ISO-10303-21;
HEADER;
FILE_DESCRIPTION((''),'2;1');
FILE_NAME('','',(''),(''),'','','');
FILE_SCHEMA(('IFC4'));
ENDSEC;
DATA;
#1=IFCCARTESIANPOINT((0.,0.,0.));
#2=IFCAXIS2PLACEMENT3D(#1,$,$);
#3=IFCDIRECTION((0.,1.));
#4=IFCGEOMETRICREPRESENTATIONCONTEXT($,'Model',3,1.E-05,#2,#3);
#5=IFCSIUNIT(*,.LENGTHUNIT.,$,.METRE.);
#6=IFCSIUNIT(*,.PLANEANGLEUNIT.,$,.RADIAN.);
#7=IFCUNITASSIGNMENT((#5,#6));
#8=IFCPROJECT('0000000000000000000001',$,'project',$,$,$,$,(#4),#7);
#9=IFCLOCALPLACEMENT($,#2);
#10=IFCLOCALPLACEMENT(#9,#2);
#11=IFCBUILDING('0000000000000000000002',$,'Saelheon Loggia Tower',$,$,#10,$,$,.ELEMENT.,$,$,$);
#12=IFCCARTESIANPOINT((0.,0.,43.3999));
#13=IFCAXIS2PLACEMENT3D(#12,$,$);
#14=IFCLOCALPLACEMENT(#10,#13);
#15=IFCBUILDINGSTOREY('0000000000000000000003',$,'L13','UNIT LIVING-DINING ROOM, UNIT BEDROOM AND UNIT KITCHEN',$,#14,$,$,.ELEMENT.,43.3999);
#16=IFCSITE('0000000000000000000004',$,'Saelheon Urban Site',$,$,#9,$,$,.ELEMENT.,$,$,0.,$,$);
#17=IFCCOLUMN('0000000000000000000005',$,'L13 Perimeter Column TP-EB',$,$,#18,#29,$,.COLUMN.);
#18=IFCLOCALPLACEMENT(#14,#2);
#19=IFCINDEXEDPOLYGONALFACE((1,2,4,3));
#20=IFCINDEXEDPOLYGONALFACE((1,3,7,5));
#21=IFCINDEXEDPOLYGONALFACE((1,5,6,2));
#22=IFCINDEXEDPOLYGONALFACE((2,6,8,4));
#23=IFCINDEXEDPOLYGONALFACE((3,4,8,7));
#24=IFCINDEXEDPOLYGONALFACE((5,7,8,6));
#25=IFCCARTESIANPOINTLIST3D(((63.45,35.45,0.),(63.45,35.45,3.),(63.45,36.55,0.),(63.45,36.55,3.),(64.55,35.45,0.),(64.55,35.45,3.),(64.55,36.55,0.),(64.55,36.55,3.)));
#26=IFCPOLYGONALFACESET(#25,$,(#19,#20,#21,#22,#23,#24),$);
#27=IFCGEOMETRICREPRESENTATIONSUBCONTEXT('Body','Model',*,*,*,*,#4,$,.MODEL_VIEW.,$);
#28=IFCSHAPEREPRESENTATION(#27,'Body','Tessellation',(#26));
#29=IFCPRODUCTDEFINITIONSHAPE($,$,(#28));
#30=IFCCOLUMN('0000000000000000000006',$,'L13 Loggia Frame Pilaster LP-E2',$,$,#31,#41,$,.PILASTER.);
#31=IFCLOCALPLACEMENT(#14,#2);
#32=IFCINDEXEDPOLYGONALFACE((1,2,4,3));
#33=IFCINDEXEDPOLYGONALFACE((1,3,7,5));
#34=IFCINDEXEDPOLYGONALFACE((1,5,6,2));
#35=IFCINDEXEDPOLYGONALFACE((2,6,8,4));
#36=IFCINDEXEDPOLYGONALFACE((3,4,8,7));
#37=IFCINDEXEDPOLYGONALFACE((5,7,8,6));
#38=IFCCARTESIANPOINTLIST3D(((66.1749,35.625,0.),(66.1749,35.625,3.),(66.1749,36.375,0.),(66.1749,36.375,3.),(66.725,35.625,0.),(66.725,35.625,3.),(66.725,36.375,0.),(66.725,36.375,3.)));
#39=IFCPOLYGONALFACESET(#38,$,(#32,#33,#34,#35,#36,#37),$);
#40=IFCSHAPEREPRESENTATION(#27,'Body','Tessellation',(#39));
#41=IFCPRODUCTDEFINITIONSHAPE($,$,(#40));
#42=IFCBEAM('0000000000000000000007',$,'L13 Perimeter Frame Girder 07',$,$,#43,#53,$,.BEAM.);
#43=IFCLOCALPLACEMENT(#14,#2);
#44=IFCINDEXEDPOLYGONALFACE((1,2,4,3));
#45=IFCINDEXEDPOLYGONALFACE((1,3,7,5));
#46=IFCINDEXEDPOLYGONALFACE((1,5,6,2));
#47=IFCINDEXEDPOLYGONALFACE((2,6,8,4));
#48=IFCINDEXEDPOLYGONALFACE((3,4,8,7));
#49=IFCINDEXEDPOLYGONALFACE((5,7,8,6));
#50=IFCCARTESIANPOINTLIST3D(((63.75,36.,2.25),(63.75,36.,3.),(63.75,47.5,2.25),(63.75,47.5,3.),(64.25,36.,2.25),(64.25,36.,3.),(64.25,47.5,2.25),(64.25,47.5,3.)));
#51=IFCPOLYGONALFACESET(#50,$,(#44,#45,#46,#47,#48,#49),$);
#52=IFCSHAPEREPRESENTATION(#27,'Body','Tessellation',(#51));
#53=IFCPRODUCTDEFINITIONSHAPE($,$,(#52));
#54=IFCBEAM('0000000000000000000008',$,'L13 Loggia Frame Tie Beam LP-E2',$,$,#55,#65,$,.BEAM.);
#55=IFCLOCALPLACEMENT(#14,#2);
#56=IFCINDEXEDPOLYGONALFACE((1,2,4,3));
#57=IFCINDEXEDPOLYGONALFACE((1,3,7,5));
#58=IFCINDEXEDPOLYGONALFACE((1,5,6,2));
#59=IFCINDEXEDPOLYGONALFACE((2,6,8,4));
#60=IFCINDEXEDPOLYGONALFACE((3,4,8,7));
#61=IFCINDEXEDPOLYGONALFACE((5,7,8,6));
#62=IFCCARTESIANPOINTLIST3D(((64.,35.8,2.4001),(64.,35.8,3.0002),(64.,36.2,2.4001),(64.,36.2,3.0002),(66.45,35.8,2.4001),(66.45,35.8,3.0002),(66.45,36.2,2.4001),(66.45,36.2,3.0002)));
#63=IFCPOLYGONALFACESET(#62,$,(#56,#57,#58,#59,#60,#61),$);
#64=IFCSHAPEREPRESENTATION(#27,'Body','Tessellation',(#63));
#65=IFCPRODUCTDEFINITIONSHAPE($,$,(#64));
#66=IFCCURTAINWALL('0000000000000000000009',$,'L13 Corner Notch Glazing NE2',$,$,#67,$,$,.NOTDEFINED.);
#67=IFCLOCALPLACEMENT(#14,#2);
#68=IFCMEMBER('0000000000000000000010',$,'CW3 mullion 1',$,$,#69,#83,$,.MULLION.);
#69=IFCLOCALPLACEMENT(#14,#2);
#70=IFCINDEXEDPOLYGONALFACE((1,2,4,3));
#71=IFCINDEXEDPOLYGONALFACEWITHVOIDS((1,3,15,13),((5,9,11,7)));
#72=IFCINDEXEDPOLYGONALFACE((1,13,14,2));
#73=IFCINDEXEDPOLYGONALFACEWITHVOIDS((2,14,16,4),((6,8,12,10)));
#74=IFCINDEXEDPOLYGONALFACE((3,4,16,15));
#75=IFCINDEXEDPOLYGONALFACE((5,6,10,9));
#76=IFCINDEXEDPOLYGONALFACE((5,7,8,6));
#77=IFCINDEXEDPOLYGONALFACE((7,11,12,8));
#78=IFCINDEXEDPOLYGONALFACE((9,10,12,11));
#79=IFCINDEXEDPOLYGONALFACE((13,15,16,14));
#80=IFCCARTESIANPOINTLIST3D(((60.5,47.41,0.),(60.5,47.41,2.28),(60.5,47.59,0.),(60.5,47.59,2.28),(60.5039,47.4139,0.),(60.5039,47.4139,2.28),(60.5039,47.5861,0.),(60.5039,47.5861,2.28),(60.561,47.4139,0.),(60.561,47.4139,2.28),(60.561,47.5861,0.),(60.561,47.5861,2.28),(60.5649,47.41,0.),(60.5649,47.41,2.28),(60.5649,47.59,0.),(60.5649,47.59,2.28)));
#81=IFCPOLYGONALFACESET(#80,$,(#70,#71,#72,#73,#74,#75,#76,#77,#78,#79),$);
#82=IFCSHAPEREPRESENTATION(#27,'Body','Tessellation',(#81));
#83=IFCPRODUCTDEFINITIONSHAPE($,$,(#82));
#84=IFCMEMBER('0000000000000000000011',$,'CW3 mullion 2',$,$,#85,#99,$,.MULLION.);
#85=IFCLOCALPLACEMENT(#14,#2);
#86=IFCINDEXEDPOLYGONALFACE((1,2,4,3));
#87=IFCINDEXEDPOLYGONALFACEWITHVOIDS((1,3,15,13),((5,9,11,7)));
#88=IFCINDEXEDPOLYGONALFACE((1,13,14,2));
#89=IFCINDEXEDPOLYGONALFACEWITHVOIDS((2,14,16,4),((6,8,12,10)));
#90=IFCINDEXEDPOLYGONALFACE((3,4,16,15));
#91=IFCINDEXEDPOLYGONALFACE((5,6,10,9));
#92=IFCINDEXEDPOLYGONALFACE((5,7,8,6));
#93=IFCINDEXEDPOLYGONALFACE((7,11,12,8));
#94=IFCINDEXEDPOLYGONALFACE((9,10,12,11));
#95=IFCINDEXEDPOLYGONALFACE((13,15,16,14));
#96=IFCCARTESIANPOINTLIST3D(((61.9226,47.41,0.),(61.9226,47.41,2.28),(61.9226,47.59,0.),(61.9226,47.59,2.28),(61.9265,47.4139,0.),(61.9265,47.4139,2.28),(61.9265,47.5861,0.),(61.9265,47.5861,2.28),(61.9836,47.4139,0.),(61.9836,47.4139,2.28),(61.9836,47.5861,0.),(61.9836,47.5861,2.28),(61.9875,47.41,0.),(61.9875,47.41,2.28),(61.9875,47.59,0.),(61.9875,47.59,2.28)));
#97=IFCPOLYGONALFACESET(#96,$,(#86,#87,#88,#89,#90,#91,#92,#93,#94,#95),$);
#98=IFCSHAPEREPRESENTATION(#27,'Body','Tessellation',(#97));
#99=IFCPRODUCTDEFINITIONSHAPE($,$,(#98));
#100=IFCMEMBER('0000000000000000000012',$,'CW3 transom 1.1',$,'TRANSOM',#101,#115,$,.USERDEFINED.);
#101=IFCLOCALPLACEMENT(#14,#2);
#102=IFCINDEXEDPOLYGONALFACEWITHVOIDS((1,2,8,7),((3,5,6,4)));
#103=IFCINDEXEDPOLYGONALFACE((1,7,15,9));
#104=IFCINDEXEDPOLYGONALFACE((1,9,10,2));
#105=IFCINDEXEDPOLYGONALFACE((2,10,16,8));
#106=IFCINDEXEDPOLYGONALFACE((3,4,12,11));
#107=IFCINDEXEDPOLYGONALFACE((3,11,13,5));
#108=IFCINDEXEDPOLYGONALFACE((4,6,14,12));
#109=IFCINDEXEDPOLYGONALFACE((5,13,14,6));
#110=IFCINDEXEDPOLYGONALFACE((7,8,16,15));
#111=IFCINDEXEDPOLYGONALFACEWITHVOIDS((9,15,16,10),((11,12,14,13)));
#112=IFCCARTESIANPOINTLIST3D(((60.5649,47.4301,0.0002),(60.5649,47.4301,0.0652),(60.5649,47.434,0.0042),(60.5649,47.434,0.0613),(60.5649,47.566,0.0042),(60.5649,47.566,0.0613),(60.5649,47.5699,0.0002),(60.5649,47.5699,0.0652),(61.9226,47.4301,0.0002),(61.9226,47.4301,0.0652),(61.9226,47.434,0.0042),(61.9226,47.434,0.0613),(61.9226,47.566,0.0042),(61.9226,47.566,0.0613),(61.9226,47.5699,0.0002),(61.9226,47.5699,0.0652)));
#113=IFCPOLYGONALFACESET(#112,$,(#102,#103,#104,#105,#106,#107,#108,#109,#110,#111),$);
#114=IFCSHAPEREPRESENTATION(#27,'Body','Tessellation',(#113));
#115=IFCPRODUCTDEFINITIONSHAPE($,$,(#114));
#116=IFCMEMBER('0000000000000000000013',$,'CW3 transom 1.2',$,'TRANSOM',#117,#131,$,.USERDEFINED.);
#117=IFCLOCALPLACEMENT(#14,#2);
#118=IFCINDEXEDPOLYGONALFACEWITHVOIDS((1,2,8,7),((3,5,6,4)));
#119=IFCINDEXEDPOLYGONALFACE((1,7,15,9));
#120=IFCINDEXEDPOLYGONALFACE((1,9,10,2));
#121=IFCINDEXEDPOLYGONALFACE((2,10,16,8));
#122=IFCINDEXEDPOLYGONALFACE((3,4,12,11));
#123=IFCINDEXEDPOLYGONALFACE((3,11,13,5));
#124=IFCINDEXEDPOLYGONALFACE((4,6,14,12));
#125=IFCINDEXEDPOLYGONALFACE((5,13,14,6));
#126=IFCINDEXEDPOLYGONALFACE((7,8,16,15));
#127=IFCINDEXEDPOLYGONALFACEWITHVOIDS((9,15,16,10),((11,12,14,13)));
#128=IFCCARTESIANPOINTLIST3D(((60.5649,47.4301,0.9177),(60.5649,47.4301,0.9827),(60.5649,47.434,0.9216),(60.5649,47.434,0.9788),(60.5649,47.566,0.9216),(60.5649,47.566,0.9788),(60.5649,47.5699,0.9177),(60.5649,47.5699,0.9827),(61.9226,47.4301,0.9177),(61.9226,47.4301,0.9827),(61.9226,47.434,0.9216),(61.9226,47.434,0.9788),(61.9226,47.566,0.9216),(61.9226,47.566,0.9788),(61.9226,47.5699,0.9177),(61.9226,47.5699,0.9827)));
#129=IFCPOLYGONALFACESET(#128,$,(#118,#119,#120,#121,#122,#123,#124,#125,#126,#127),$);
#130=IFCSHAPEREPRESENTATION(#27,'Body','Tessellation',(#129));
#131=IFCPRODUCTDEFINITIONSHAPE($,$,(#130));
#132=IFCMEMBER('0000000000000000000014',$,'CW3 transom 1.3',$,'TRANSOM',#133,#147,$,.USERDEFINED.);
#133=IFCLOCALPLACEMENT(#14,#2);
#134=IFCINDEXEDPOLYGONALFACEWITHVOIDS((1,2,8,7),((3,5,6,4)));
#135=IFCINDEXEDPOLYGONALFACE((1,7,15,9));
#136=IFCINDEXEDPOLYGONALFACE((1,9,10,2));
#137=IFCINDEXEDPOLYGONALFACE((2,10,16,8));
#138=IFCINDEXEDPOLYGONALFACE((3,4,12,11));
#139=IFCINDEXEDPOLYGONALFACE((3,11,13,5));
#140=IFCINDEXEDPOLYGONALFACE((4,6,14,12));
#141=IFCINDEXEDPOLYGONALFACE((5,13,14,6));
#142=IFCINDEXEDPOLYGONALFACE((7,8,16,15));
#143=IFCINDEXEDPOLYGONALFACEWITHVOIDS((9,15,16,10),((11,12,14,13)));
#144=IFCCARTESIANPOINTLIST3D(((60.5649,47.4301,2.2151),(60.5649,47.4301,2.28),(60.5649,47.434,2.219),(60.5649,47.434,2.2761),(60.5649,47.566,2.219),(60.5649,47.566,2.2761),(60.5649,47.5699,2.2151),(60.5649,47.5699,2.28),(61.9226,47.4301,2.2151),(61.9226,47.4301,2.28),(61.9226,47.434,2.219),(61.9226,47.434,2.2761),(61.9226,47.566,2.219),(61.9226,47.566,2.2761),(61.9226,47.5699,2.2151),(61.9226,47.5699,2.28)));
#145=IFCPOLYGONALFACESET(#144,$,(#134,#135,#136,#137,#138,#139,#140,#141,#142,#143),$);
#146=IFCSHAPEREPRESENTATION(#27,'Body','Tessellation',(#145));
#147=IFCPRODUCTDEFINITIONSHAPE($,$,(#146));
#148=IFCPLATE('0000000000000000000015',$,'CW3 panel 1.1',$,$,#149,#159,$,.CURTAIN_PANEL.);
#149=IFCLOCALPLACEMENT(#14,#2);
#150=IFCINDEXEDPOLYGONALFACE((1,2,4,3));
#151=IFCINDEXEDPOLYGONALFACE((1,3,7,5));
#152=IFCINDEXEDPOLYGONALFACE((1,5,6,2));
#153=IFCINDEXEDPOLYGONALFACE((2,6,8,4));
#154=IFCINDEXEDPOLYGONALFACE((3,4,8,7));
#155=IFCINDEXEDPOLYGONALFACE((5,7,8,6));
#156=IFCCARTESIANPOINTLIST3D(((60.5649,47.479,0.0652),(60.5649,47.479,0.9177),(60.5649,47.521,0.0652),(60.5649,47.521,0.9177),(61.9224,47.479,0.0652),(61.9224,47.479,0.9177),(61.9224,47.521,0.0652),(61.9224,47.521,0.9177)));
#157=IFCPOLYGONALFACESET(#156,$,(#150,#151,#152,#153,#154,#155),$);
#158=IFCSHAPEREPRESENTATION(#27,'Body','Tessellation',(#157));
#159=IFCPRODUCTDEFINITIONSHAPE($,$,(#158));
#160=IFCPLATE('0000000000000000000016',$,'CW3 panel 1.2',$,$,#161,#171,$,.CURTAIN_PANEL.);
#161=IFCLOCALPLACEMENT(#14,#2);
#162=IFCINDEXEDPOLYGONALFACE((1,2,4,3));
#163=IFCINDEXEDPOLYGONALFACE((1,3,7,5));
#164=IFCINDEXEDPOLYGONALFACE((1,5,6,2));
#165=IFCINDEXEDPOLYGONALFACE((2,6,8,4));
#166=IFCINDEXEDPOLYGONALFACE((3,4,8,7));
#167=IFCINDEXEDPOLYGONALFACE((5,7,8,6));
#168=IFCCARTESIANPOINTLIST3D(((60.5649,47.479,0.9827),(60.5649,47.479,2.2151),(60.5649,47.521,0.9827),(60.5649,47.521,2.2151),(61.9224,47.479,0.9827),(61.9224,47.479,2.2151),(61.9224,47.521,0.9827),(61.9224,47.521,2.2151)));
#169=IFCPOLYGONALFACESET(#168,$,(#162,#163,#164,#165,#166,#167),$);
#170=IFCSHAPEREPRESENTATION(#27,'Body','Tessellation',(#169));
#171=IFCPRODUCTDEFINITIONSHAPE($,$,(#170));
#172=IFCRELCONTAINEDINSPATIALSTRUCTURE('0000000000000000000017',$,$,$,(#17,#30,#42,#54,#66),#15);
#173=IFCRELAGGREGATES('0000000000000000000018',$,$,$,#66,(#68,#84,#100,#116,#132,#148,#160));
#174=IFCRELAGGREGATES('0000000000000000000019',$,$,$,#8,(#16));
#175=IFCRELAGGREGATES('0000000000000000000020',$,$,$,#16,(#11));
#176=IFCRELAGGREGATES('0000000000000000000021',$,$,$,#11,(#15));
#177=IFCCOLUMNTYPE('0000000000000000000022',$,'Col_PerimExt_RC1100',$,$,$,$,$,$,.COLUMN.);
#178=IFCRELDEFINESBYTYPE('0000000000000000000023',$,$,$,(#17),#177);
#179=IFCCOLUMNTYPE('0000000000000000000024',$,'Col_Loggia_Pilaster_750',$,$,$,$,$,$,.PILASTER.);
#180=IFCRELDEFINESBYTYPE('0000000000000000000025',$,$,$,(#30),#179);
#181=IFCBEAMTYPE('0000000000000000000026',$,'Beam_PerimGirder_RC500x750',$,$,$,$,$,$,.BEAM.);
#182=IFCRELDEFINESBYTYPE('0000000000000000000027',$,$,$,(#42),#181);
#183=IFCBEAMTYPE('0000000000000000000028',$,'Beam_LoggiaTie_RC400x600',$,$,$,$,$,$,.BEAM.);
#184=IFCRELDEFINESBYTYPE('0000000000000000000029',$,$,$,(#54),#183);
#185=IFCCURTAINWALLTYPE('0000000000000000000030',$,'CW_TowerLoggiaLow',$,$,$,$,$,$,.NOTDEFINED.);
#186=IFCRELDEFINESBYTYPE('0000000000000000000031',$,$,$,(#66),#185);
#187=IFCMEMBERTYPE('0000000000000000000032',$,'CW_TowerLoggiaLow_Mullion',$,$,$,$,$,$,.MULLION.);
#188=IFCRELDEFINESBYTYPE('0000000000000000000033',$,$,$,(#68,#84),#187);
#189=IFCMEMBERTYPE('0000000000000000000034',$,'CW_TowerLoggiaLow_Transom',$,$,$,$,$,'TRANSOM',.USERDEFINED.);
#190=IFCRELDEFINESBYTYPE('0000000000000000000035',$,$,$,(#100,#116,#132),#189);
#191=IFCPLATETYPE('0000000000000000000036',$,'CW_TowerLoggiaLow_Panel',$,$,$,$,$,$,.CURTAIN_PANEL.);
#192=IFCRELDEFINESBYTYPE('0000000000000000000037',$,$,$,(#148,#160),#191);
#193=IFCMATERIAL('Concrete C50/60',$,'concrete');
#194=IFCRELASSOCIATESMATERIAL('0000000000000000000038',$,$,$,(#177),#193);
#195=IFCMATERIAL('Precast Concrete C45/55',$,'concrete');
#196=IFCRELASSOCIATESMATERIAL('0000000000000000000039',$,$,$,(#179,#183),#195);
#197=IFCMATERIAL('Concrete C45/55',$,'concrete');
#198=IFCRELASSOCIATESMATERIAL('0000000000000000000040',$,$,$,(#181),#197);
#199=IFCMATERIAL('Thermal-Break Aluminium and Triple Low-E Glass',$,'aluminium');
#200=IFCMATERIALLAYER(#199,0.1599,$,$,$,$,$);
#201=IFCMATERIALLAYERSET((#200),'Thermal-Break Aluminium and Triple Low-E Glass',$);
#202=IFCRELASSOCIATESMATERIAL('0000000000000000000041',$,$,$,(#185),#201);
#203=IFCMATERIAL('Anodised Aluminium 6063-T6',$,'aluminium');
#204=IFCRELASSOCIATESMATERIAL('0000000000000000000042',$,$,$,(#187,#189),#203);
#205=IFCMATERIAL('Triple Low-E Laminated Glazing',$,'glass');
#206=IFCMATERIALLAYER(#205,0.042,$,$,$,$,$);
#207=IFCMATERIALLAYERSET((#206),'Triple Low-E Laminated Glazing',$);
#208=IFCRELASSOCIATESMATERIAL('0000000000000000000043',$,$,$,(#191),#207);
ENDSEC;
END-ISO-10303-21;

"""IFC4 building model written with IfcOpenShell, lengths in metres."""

from ifc_helpers import new_model, si_unit, direction, frame, origin, origin_2d, place, context, subcontext, project, spatial, rectangle, hollow_rectangle, extrude, source, transform, mapped, material, layer, layer_set, material_profile, profile_set, type_object, element, aggregate, save


model = new_model("IFC4")

# Units and contexts
model_context = context("Model", 3, precision=1e-05, world=origin(), true_north=direction((0.0, 1.0)))
body_context = subcontext(model_context, "Body", "Model", "MODEL_VIEW")
ifc_project = project(units=[si_unit("LENGTHUNIT", "METRE"), si_unit("PLANEANGLEUNIT", "RADIAN")], contexts=[model_context])

# Site, building, storey
site_placement = place(None, origin())
site = spatial("IfcSite", under=ifc_project, at=site_placement, Name="Saelheon Urban Site", CompositionType="ELEMENT", RefElevation=0.0)
building_placement = place(site_placement, origin())
building = spatial("IfcBuilding", under=site, at=building_placement, Name="Saelheon Loggia Tower", CompositionType="ELEMENT")
storey_placement = place(building_placement, frame((0.0, 0.0, 43.3999)))
storey = spatial("IfcBuildingStorey", under=building, at=storey_placement, Name="L13", Description="UNIT LIVING-DINING ROOM, UNIT BEDROOM AND UNIT KITCHEN", CompositionType="ELEMENT", Elevation=43.3999)

# Columns
ifc_material_1 = material(Name="Concrete C50/60", Category="concrete")
ifc_material_profile_1 = material_profile(ifc_material_1, rectangle(XDim=1.1001, YDim=1.1001, at=origin_2d()), Name="RC-1100x1100")
ifc_profile_set_1 = profile_set([ifc_material_profile_1], Name="Concrete C50/60")
column_type_1 = type_object("IfcColumnType", Name="Col_PerimExt_RC1100", PredefinedType="COLUMN", material=ifc_profile_set_1)
shared_shape_1 = source(origin(), body_context, "Body", "SweptSolid", [
    extrude(rectangle(XDim=1.1001, YDim=1.1001, at=origin_2d()), origin(), (0.0, 0.0, 1.0), 3.0),
])
column_1_placement = place(storey_placement, frame((64.0, 36.0, 0.0), z_axis=(0.0, 0.0, 1.0), x_axis=(1.0, 0.0, 0.0)))
element("IfcColumn", 1, at=column_1_placement, inside=storey, type_object=column_type_1, Name="L13 Perimeter Column TP-EB", PredefinedType="COLUMN", context=body_context, shape_type="MappedRepresentation", body=[
    mapped(shared_shape_1, transform((0.0, 0.0, 0.0), scale=1.0)),
])
ifc_material_2 = material(Name="Precast Concrete C45/55", Category="concrete")
ifc_material_profile_2 = material_profile(ifc_material_2, rectangle(XDim=0.55, YDim=0.75, at=origin_2d()), Name="RC-550x750")
ifc_profile_set_2 = profile_set([ifc_material_profile_2], Name="Precast Concrete C45/55")
column_type_2 = type_object("IfcColumnType", Name="Col_Loggia_Pilaster_750", PredefinedType="PILASTER", material=ifc_profile_set_2)
shared_shape_2 = source(origin(), body_context, "Body", "SweptSolid", [
    extrude(rectangle(XDim=0.55, YDim=0.75, at=origin_2d()), origin(), (0.0, 0.0, 1.0), 3.0),
])
column_2_placement = place(storey_placement, frame((66.45, 36.0, 0.0), z_axis=(0.0, 0.0, 1.0), x_axis=(1.0, 0.0, 0.0)))
element("IfcColumn", 2, at=column_2_placement, inside=storey, type_object=column_type_2, Name="L13 Loggia Frame Pilaster LP-E2", PredefinedType="PILASTER", context=body_context, shape_type="MappedRepresentation", body=[
    mapped(shared_shape_2, transform((0.0, 0.0, 0.0), scale=1.0)),
])

# Beams
ifc_material_3 = material(Name="Concrete C45/55", Category="concrete")
ifc_material_profile_3 = material_profile(ifc_material_3, rectangle(XDim=0.5, YDim=0.75, at=origin_2d()), Name="RC-500x750")
ifc_profile_set_3 = profile_set([ifc_material_profile_3], Name="Concrete C45/55")
beam_type_1 = type_object("IfcBeamType", Name="Beam_PerimGirder_RC500x750", PredefinedType="BEAM", material=ifc_profile_set_3)
shared_shape_3 = source(origin(), body_context, "Body", "SweptSolid", [
    extrude(rectangle(XDim=0.5, YDim=0.75, at=origin_2d()), origin(), (0.0, 0.0, 1.0), 11.5),
])
beam_1_placement = place(storey_placement, frame((64.0, 36.0, 2.625), z_axis=(0.0, 1.0, 0.0), x_axis=(-1.0, 0.0, 0.0)))
element("IfcBeam", 3, at=beam_1_placement, inside=storey, type_object=beam_type_1, Name="L13 Perimeter Frame Girder 07", PredefinedType="BEAM", context=body_context, shape_type="MappedRepresentation", body=[
    mapped(shared_shape_3, transform((0.0, 0.0, 0.0), scale=1.0)),
])
ifc_material_profile_4 = material_profile(ifc_material_2, rectangle(XDim=0.3999, YDim=0.6001, at=origin_2d()), Name="RC-400x600")
ifc_profile_set_4 = profile_set([ifc_material_profile_4], Name="Precast Concrete C45/55")
beam_type_2 = type_object("IfcBeamType", Name="Beam_LoggiaTie_RC400x600", PredefinedType="BEAM", material=ifc_profile_set_4)
shared_shape_4 = source(origin(), body_context, "Body", "SweptSolid", [
    extrude(rectangle(XDim=0.3999, YDim=0.6001, at=origin_2d()), origin(), (0.0, 0.0, 1.0), 2.45),
])
beam_2_placement = place(storey_placement, frame((64.0, 36.0, 2.7002), z_axis=(1.0, 0.0, 0.0), x_axis=(0.0, 1.0, 0.0)))
element("IfcBeam", 4, at=beam_2_placement, inside=storey, type_object=beam_type_2, Name="L13 Loggia Frame Tie Beam LP-E2", PredefinedType="BEAM", context=body_context, shape_type="MappedRepresentation", body=[
    mapped(shared_shape_4, transform((0.0, 0.0, 0.0), scale=1.0)),
])

# Curtain wall, members, plates
ifc_material_4 = material(Name="Thermal-Break Aluminium and Triple Low-E Glass", Category="aluminium")
ifc_layer_1 = layer(ifc_material_4, 0.1599)
ifc_layer_set_1 = layer_set([ifc_layer_1], Name="Thermal-Break Aluminium and Triple Low-E Glass")
curtain_wall_type = type_object("IfcCurtainWallType", Name="CW_TowerLoggiaLow", PredefinedType="NOTDEFINED", material=ifc_layer_set_1)
curtain_wall_placement = place(storey_placement, origin())
curtain_wall = element("IfcCurtainWall", 5, at=curtain_wall_placement, inside=storey, type_object=curtain_wall_type, Name="L13 Corner Notch Glazing NE2", PredefinedType="NOTDEFINED")
ifc_material_5 = material(Name="Anodised Aluminium 6063-T6", Category="aluminium")
ifc_material_profile_5 = material_profile(ifc_material_5, hollow_rectangle(XDim=0.0649, YDim=0.1799, WallThickness=0.0039, at=origin_2d()), Name="RHS-180x65x4")
ifc_profile_set_5 = profile_set([ifc_material_profile_5], Name="Anodised Aluminium 6063-T6")
member_type_1 = type_object("IfcMemberType", Name="CW_TowerLoggiaLow_Mullion", PredefinedType="MULLION", material=ifc_profile_set_5)
shared_shape_5 = source(origin(), body_context, "Body", "SweptSolid", [
    extrude(hollow_rectangle(XDim=0.0649, YDim=0.1799, WallThickness=0.0039, at=origin_2d()), origin(), (0.0, 0.0, 1.0), 2.28),
])
member_1_placement = place(storey_placement, frame((60.5325, 47.5, 0.0), z_axis=(0.0, 0.0, 1.0), x_axis=(1.0, 0.0, 0.0)))
member_1 = element("IfcMember", 6, at=member_1_placement, type_object=member_type_1, Name="CW3 mullion 1", PredefinedType="MULLION", context=body_context, shape_type="MappedRepresentation", body=[
    mapped(shared_shape_5, transform((0.0, 0.0, 0.0), scale=1.0)),
])
member_2_placement = place(storey_placement, frame((61.9551, 47.5, 0.0), z_axis=(0.0, 0.0, 1.0), x_axis=(1.0, 0.0, 0.0)))
member_2 = element("IfcMember", 7, at=member_2_placement, type_object=member_type_1, Name="CW3 mullion 2", PredefinedType="MULLION", context=body_context, shape_type="MappedRepresentation", body=[
    mapped(shared_shape_5, transform((0.0, 0.0, 0.0), scale=1.0)),
])
ifc_material_profile_6 = material_profile(ifc_material_5, hollow_rectangle(XDim=0.0649, YDim=0.1399, WallThickness=0.0039, at=origin_2d()), Name="RHS-140x65x4")
ifc_profile_set_6 = profile_set([ifc_material_profile_6], Name="Anodised Aluminium 6063-T6")
member_type_2 = type_object("IfcMemberType", Name="CW_TowerLoggiaLow_Transom", ElementType="TRANSOM", PredefinedType="USERDEFINED", material=ifc_profile_set_6)
shared_shape_6 = source(origin(), body_context, "Body", "SweptSolid", [
    extrude(hollow_rectangle(XDim=0.0649, YDim=0.1399, WallThickness=0.0039, at=origin_2d()), origin(), (0.0, 0.0, 1.0), 1.3577),
])
member_3_placement = place(storey_placement, frame((60.5649, 47.5, 0.0327), z_axis=(1.0, 0.0, 0.0), x_axis=(0.0, 0.0, 1.0)))
member_3 = element("IfcMember", 8, at=member_3_placement, type_object=member_type_2, Name="CW3 transom 1.1", ObjectType="TRANSOM", PredefinedType="USERDEFINED", context=body_context, shape_type="MappedRepresentation", body=[
    mapped(shared_shape_6, transform((0.0, 0.0, 0.0), scale=1.0)),
])
member_4_placement = place(storey_placement, frame((60.5649, 47.5, 0.9502), z_axis=(1.0, 0.0, 0.0), x_axis=(0.0, 0.0, 1.0)))
member_4 = element("IfcMember", 9, at=member_4_placement, type_object=member_type_2, Name="CW3 transom 1.2", ObjectType="TRANSOM", PredefinedType="USERDEFINED", context=body_context, shape_type="MappedRepresentation", body=[
    mapped(shared_shape_6, transform((0.0, 0.0, 0.0), scale=1.0)),
])
member_5_placement = place(storey_placement, frame((60.5649, 47.5, 2.2476), z_axis=(1.0, 0.0, 0.0), x_axis=(0.0, 0.0, 1.0)))
member_5 = element("IfcMember", 10, at=member_5_placement, type_object=member_type_2, Name="CW3 transom 1.3", ObjectType="TRANSOM", PredefinedType="USERDEFINED", context=body_context, shape_type="MappedRepresentation", body=[
    mapped(shared_shape_6, transform((0.0, 0.0, 0.0), scale=1.0)),
])
ifc_material_6 = material(Name="Triple Low-E Laminated Glazing", Category="glass")
ifc_layer_2 = layer(ifc_material_6, 0.042)
ifc_layer_set_2 = layer_set([ifc_layer_2], Name="Triple Low-E Laminated Glazing")
plate_type = type_object("IfcPlateType", Name="CW_TowerLoggiaLow_Panel", PredefinedType="CURTAIN_PANEL", material=ifc_layer_set_2)
shared_shape_7 = source(origin(), body_context, "Body", "SweptSolid", [
    extrude(rectangle(XDim=1.3574, YDim=0.042, at=origin_2d()), origin(), (0.0, 0.0, 1.0), 0.8525),
])
plate_1_placement = place(storey_placement, frame((61.2437, 47.5, 0.0652), z_axis=(0.0, 0.0, 1.0), x_axis=(1.0, 0.0, 0.0)))
plate_1 = element("IfcPlate", 11, at=plate_1_placement, type_object=plate_type, Name="CW3 panel 1.1", PredefinedType="CURTAIN_PANEL", context=body_context, shape_type="MappedRepresentation", body=[
    mapped(shared_shape_7, transform((0.0, 0.0, 0.0), scale=1.0)),
])
shared_shape_8 = source(origin(), body_context, "Body", "SweptSolid", [
    extrude(rectangle(XDim=1.3574, YDim=0.042, at=origin_2d()), origin(), (0.0, 0.0, 1.0), 1.2324),
])
plate_2_placement = place(storey_placement, frame((61.2437, 47.5, 0.9827), z_axis=(0.0, 0.0, 1.0), x_axis=(1.0, 0.0, 0.0)))
plate_2 = element("IfcPlate", 12, at=plate_2_placement, type_object=plate_type, Name="CW3 panel 1.2", PredefinedType="CURTAIN_PANEL", context=body_context, shape_type="MappedRepresentation", body=[
    mapped(shared_shape_8, transform((0.0, 0.0, 0.0), scale=1.0)),
])
aggregate(curtain_wall, [member_1, member_2, member_3, member_4, member_5, plate_1, plate_2])

save(model, "model.ifc")
